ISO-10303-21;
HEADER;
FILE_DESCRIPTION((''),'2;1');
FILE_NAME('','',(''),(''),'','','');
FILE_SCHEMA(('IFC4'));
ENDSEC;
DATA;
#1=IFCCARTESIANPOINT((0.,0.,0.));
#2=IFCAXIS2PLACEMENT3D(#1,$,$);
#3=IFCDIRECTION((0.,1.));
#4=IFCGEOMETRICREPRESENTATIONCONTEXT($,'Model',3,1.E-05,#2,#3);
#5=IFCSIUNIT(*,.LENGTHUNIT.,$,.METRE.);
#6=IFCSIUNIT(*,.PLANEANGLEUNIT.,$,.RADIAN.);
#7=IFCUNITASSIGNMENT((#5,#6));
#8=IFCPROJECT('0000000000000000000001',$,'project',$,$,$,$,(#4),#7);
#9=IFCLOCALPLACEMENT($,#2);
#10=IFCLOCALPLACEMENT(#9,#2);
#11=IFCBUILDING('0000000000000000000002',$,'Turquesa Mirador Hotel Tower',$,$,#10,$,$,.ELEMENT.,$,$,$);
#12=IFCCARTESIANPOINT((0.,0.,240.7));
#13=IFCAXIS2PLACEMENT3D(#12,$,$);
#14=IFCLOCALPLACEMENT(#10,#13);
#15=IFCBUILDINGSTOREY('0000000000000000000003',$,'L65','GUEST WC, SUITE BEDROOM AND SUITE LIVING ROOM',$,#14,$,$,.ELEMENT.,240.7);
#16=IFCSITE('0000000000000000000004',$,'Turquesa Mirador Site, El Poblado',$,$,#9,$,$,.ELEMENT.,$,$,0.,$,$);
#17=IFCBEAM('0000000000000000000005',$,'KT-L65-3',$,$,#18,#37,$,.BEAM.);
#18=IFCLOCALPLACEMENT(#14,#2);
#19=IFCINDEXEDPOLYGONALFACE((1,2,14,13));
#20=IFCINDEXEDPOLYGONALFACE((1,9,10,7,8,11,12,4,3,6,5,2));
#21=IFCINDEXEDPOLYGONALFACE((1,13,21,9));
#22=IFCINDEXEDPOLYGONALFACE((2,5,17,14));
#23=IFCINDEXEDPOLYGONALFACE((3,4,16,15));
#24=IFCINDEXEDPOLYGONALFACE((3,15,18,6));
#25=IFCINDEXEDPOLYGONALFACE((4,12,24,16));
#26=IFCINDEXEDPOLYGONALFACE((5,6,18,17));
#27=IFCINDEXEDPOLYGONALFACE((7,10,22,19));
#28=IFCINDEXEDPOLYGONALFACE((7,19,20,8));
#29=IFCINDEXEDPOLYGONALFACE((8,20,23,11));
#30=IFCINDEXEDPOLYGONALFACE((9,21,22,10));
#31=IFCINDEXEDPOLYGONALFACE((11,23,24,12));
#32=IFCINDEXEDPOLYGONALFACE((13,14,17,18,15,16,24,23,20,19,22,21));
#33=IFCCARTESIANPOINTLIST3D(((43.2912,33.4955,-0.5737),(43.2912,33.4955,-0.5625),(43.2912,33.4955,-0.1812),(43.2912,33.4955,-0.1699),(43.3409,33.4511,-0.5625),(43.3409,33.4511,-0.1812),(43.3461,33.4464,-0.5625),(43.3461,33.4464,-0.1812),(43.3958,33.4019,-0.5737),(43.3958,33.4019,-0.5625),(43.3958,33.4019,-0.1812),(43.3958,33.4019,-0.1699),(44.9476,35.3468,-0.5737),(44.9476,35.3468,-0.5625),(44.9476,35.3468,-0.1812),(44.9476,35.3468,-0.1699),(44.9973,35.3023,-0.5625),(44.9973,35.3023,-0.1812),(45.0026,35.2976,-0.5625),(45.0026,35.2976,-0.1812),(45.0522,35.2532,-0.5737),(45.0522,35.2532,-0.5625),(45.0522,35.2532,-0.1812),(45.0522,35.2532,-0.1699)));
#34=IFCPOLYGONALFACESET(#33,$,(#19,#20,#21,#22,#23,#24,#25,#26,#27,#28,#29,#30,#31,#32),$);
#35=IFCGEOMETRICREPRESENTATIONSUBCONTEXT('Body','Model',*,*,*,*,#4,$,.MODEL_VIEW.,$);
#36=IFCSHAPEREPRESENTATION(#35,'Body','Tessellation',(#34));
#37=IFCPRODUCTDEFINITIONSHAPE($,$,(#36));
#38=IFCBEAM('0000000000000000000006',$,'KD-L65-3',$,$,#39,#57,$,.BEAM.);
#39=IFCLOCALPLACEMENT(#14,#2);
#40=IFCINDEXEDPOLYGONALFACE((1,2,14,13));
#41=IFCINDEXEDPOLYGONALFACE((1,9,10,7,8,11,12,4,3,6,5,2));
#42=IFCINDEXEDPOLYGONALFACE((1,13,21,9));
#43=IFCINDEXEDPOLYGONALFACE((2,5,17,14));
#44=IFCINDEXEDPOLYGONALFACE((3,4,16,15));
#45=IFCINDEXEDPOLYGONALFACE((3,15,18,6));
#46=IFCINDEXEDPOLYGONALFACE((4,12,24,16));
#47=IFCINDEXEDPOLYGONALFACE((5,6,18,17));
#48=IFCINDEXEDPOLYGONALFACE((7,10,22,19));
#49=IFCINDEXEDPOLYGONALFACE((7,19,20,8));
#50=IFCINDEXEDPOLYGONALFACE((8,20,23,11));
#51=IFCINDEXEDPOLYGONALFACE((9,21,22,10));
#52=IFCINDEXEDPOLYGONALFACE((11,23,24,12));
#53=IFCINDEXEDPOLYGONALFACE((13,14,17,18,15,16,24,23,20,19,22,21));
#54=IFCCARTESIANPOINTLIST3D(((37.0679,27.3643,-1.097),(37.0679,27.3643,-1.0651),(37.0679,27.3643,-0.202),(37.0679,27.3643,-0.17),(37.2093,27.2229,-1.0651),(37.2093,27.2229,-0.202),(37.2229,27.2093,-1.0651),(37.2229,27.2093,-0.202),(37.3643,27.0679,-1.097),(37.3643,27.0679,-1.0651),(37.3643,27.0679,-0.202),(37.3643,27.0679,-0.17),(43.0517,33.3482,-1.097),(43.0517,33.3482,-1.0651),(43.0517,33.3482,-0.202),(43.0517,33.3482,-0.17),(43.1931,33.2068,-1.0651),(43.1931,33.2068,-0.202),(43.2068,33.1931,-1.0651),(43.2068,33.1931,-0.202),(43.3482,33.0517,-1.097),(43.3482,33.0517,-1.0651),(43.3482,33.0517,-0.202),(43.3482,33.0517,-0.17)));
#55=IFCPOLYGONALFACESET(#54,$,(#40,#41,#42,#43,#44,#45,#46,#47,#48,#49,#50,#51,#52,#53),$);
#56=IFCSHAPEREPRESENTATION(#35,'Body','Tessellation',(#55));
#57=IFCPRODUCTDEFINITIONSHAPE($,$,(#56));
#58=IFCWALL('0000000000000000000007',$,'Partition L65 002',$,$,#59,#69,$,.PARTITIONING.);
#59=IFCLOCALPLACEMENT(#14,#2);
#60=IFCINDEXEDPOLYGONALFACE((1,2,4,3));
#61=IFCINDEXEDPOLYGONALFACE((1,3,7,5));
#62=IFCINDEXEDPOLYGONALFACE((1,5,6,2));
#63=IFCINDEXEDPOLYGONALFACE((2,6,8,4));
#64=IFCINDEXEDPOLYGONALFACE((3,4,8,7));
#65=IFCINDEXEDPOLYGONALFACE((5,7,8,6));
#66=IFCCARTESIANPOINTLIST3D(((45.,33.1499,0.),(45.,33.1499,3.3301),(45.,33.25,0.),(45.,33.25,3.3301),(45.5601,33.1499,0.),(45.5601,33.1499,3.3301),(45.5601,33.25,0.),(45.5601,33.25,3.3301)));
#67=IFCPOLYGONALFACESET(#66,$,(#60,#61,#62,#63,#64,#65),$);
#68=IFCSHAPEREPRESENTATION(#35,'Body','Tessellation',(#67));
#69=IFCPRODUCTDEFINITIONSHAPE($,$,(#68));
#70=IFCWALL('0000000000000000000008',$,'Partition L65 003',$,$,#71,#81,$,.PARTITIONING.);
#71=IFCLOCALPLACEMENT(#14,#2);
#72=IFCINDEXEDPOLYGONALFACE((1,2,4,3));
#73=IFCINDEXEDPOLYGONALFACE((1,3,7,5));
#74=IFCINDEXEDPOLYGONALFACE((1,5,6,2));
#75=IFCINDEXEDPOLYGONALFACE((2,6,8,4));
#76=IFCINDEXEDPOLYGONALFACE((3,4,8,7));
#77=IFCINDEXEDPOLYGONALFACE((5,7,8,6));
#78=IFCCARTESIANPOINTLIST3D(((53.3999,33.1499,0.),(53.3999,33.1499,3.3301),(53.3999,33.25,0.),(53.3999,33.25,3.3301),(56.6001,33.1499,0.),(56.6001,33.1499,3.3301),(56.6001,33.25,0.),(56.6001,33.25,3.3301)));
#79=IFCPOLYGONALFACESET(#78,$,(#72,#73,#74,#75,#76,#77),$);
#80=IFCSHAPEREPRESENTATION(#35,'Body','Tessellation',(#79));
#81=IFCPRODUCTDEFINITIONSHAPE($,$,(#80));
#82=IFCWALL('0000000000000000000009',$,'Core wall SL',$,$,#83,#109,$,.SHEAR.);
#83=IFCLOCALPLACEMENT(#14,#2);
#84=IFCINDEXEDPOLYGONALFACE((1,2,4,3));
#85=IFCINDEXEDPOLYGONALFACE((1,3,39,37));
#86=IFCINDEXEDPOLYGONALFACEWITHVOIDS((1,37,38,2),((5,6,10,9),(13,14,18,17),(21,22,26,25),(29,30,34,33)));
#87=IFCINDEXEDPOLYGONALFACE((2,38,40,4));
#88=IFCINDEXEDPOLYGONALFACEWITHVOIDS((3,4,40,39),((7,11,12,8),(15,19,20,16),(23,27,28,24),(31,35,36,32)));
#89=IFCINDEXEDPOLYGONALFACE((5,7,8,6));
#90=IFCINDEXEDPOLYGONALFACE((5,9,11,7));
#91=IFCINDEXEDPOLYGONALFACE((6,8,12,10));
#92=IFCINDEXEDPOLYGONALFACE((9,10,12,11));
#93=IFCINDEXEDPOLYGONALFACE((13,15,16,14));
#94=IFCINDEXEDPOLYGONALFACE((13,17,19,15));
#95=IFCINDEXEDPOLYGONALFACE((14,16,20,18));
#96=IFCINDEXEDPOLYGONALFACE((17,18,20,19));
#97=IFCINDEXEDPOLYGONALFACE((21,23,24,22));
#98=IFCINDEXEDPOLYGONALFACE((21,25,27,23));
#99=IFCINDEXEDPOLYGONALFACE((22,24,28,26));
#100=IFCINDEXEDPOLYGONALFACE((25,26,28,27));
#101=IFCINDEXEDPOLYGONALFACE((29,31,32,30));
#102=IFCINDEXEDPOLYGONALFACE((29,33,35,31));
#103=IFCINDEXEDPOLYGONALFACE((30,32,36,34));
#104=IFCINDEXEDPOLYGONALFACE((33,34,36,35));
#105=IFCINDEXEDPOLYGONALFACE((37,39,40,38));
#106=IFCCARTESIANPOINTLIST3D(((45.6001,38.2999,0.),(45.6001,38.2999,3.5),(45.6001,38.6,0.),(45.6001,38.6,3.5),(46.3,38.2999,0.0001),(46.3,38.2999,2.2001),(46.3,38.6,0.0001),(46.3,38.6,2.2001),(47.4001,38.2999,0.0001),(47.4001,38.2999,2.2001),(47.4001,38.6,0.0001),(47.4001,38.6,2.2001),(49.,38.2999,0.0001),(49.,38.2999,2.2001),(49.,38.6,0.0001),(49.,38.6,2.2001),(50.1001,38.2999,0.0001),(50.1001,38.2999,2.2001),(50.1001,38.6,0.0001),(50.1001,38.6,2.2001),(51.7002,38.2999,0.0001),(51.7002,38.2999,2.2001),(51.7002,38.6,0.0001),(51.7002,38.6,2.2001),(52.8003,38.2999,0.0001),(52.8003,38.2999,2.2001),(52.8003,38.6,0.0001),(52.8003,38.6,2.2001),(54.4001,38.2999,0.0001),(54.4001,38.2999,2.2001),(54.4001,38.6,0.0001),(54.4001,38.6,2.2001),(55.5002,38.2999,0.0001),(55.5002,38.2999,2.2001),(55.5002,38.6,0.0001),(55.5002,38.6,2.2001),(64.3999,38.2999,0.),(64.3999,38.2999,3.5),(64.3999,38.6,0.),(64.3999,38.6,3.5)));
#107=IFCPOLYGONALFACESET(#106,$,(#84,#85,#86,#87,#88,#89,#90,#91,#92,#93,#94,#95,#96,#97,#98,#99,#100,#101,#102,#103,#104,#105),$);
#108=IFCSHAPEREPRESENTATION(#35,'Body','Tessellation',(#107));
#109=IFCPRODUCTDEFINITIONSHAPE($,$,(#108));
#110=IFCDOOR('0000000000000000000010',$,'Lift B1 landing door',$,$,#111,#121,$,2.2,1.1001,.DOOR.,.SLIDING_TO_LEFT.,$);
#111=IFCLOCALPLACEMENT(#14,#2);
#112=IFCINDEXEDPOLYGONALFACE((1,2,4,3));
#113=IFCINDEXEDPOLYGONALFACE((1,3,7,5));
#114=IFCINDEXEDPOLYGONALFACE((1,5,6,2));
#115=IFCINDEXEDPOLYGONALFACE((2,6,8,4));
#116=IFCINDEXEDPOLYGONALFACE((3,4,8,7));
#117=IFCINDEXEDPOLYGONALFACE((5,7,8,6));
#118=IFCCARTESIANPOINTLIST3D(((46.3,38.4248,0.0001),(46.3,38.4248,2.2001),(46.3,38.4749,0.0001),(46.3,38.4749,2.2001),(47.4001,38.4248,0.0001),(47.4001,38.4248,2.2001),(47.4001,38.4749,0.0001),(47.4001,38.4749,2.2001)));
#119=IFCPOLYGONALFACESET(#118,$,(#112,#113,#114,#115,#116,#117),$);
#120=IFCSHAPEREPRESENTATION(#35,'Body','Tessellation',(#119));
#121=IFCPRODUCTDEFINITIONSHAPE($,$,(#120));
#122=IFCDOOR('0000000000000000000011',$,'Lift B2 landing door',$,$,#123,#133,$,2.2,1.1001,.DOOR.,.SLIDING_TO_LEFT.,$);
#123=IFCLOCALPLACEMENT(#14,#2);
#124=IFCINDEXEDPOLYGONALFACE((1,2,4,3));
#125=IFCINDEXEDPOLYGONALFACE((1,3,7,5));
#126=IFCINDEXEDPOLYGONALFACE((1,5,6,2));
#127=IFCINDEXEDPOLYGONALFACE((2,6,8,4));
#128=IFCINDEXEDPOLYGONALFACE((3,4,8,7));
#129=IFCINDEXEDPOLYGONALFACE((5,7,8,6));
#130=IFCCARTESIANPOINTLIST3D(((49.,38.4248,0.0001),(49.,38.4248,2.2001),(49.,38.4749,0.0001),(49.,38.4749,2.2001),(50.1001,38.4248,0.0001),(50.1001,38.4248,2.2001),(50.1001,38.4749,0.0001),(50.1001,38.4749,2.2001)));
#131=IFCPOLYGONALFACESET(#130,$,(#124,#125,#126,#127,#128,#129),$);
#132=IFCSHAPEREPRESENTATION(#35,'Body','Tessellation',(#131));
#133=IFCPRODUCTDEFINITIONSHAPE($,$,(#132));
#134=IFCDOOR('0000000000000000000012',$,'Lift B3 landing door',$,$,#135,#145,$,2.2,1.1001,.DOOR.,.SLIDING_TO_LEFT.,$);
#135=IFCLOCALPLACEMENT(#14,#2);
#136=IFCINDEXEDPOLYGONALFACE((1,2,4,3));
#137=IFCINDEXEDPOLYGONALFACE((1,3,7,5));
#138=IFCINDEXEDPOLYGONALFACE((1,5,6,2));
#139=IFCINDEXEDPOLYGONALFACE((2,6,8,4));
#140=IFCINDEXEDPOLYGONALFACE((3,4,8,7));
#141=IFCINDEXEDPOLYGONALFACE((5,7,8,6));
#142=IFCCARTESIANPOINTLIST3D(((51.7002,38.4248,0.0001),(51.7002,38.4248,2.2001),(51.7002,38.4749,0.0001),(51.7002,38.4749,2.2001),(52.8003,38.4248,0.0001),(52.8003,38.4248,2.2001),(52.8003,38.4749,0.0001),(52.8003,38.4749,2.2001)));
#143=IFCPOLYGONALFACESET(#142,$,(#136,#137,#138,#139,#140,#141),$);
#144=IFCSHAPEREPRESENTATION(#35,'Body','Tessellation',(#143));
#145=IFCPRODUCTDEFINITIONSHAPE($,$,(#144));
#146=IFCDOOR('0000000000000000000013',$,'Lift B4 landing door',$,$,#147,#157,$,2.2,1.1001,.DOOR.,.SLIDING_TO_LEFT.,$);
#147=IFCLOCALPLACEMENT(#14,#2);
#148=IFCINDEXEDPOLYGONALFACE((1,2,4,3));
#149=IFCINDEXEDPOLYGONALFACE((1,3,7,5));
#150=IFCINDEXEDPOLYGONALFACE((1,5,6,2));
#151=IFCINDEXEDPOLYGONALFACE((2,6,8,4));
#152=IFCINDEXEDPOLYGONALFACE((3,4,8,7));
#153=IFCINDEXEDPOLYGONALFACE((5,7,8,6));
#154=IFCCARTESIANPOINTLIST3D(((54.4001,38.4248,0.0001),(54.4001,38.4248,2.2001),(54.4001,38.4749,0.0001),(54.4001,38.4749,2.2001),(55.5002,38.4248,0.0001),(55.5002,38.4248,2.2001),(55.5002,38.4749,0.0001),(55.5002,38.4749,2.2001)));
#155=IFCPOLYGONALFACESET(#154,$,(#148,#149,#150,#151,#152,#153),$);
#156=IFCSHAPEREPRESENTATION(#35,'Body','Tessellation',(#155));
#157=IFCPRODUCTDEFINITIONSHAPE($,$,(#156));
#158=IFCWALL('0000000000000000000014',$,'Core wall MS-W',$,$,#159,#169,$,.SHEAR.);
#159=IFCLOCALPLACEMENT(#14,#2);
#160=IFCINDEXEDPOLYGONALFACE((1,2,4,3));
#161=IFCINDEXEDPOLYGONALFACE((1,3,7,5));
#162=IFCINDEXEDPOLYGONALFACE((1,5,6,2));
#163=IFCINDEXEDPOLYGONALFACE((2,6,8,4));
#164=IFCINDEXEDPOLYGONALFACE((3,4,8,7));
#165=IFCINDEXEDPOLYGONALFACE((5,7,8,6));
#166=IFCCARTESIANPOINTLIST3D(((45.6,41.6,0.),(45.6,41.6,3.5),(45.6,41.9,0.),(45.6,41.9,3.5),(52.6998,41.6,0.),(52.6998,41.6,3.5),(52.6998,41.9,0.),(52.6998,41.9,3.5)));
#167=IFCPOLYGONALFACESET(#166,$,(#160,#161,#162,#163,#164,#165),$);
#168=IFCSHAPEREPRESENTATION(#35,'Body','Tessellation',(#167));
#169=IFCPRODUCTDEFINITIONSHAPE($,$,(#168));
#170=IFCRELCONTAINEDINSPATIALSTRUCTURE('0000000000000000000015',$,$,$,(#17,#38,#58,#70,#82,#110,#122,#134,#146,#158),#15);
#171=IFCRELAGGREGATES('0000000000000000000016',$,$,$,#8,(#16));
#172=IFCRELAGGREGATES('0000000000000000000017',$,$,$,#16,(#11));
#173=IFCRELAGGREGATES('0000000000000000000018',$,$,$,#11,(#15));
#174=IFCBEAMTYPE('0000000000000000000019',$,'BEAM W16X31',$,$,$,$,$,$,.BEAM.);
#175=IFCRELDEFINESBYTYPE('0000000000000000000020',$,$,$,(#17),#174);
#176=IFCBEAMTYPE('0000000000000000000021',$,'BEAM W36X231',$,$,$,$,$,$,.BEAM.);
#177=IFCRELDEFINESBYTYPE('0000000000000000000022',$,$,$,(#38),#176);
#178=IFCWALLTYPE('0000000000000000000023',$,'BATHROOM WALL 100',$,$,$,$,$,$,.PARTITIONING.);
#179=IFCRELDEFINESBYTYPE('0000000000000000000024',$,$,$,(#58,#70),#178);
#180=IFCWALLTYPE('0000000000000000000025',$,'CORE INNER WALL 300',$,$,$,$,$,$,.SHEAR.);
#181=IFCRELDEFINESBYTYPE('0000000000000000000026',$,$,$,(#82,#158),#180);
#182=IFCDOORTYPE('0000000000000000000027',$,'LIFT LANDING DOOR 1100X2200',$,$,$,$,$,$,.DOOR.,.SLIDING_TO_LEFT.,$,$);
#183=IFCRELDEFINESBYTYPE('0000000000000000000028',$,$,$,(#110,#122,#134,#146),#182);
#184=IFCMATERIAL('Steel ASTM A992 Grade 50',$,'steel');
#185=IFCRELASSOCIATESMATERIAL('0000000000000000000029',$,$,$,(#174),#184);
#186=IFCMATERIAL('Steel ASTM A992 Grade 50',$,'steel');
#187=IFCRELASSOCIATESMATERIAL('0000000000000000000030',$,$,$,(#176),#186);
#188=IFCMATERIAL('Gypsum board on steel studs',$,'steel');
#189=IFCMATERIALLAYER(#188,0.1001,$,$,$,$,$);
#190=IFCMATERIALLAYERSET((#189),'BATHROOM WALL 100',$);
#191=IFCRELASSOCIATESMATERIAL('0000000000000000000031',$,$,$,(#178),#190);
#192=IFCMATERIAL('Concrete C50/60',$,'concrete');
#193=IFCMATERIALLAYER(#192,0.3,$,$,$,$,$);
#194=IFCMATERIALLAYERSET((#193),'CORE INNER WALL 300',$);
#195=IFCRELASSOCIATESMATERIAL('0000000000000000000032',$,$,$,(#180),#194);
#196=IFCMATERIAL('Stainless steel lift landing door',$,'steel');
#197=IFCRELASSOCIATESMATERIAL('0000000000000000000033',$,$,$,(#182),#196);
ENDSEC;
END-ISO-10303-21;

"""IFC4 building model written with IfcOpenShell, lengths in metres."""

from ifc_helpers import new_model, si_unit, direction, frame, frame_2d, origin, origin_2d, place, context, subcontext, project, spatial, rectangle, i_section, extrude, material, layer, layer_set, material_profile, profile_set, type_object, element, fill, save


model = new_model("IFC4")

# Units and contexts
model_context = context("Model", 3, precision=1e-05, world=origin(), true_north=direction((0.0, 1.0)))
body_context = subcontext(model_context, "Body", "Model", "MODEL_VIEW")
ifc_project = project(units=[si_unit("LENGTHUNIT", "METRE"), si_unit("PLANEANGLEUNIT", "RADIAN")], contexts=[model_context])

# Site, building, storey
site_placement = place(None, origin())
site = spatial("IfcSite", under=ifc_project, at=site_placement, Name="Turquesa Mirador Site, El Poblado", CompositionType="ELEMENT", RefElevation=0.0)
building_placement = place(site_placement, origin())
building = spatial("IfcBuilding", under=site, at=building_placement, Name="Turquesa Mirador Hotel Tower", CompositionType="ELEMENT")
storey_placement = place(building_placement, frame((0.0, 0.0, 240.7)))
storey = spatial("IfcBuildingStorey", under=building, at=storey_placement, Name="L65", Description="GUEST WC, SUITE BEDROOM AND SUITE LIVING ROOM", CompositionType="ELEMENT", Elevation=240.7)

# Beams
ifc_material_1 = material(Name="Steel ASTM A992 Grade 50", Category="steel")
ifc_material_profile_1 = material_profile(ifc_material_1, i_section(OverallWidth=0.1404, OverallDepth=0.4038, WebThickness=0.0071, FlangeThickness=0.0112, at=origin_2d()), Name="W16X31")
ifc_profile_set_1 = profile_set([ifc_material_profile_1], Name="Steel ASTM A992 Grade 50")
beam_type_1 = type_object("IfcBeamType", Name="BEAM W16X31", PredefinedType="BEAM", material=ifc_profile_set_1)
beam_1_placement = place(storey_placement, frame((43.3435, 33.4487, -0.3718), z_axis=(0.666806, 0.745231, 0.0), x_axis=(-0.745231, 0.666806, 0.0)))
element("IfcBeam", 1, at=beam_1_placement, inside=storey, type_object=beam_type_1, Name="KT-L65-3", PredefinedType="BEAM", context=body_context, shape_type="SweptSolid", body=[
    extrude(i_section(OverallWidth=0.1404, OverallDepth=0.4038, WebThickness=0.0071, FlangeThickness=0.0112, at=origin_2d()), origin(), (0.0, 0.0, 1.0), 2.4841),
])
ifc_material_2 = material(Name="Steel ASTM A992 Grade 50", Category="steel")
ifc_material_profile_2 = material_profile(ifc_material_2, i_section(OverallWidth=0.4192, OverallDepth=0.927, WebThickness=0.0193, FlangeThickness=0.032, at=origin_2d()), Name="W36X231")
ifc_profile_set_2 = profile_set([ifc_material_profile_2], Name="Steel ASTM A992 Grade 50")
beam_type_2 = type_object("IfcBeamType", Name="BEAM W36X231", PredefinedType="BEAM", material=ifc_profile_set_2)
beam_2_placement = place(storey_placement, frame((43.2, 33.2, -0.6335), z_axis=(-0.707107, -0.707107, 0.0), x_axis=(0.707107, -0.707107, 0.0)))
element("IfcBeam", 2, at=beam_2_placement, inside=storey, type_object=beam_type_2, Name="KD-L65-3", PredefinedType="BEAM", context=body_context, shape_type="SweptSolid", body=[
    extrude(i_section(OverallWidth=0.4192, OverallDepth=0.927, WebThickness=0.0193, FlangeThickness=0.032, at=origin_2d()), origin(), (0.0, 0.0, 1.0), 8.4624),
])

# Walls
ifc_material_3 = material(Name="Gypsum board on steel studs", Category="steel")
ifc_layer_1 = layer(ifc_material_3, 0.1001)
ifc_layer_set_1 = layer_set([ifc_layer_1], Name="BATHROOM WALL 100")
wall_type_1 = type_object("IfcWallType", Name="BATHROOM WALL 100", PredefinedType="PARTITIONING", material=ifc_layer_set_1)
wall_1_placement = place(storey_placement, frame((45.0, 33.2, 0.0), z_axis=(0.0, 0.0, 1.0), x_axis=(1.0, 0.0, 0.0)))
element("IfcWall", 3, at=wall_1_placement, inside=storey, type_object=wall_type_1, Name="Partition L65 002", PredefinedType="PARTITIONING", context=body_context, shape_type="SweptSolid", body=[
    extrude(rectangle(XDim=0.5601, YDim=0.1001, at=frame_2d((0.28, 0.0))), origin(), (0.0, 0.0, 1.0), 3.3301),
])
wall_2_placement = place(storey_placement, frame((53.3999, 33.2, 0.0), z_axis=(0.0, 0.0, 1.0), x_axis=(1.0, 0.0, 0.0)))
element("IfcWall", 4, at=wall_2_placement, inside=storey, type_object=wall_type_1, Name="Partition L65 003", PredefinedType="PARTITIONING", context=body_context, shape_type="SweptSolid", body=[
    extrude(rectangle(XDim=3.2002, YDim=0.1001, at=frame_2d((1.6001, 0.0))), origin(), (0.0, 0.0, 1.0), 3.3301),
])

# Wall, openings, doors
ifc_material_4 = material(Name="Concrete C50/60", Category="concrete")
ifc_layer_2 = layer(ifc_material_4, 0.3)
ifc_layer_set_2 = layer_set([ifc_layer_2], Name="CORE INNER WALL 300")
wall_type_2 = type_object("IfcWallType", Name="CORE INNER WALL 300", PredefinedType="SHEAR", material=ifc_layer_set_2)
wall_3_placement = place(storey_placement, frame((45.6001, 38.45, 0.0), z_axis=(0.0, 0.0, 1.0), x_axis=(1.0, 0.0, 0.0)))
wall_3 = element("IfcWall", 5, at=wall_3_placement, inside=storey, type_object=wall_type_2, Name="Core wall SL", PredefinedType="SHEAR", context=body_context, shape_type="SweptSolid", body=[
    extrude(rectangle(XDim=18.7998, YDim=0.3, at=frame_2d((9.3999, 0.0))), origin(), (0.0, 0.0, 1.0), 3.5),
])
opening_1_placement = place(wall_3_placement, frame((0.7, 0.0, 0.0)))
opening_1 = element("IfcOpeningElement", 6, at=opening_1_placement, cuts=wall_3, PredefinedType="OPENING", context=body_context, shape_type="SweptSolid", body=[
    extrude(rectangle(XDim=1.1001, YDim=2.2, at=frame_2d((0.55, 1.1001))), frame((0.0, 0.1599, 0.0), z_axis=(0.0, -1.0, 0.0), x_axis=(1.0, 0.0, 0.0)), (0.0, 0.0, 1.0), 0.3201),
])
opening_2_placement = place(wall_3_placement, frame((3.3999, 0.0, 0.0)))
opening_2 = element("IfcOpeningElement", 7, at=opening_2_placement, cuts=wall_3, PredefinedType="OPENING", context=body_context, shape_type="SweptSolid", body=[
    extrude(rectangle(XDim=1.1001, YDim=2.2, at=frame_2d((0.55, 1.1001))), frame((0.0, 0.1599, 0.0), z_axis=(0.0, -1.0, 0.0), x_axis=(1.0, 0.0, 0.0)), (0.0, 0.0, 1.0), 0.3201),
])
opening_3_placement = place(wall_3_placement, frame((6.1001, 0.0, 0.0)))
opening_3 = element("IfcOpeningElement", 8, at=opening_3_placement, cuts=wall_3, PredefinedType="OPENING", context=body_context, shape_type="SweptSolid", body=[
    extrude(rectangle(XDim=1.1001, YDim=2.2, at=frame_2d((0.55, 1.1001))), frame((0.0, 0.1599, 0.0), z_axis=(0.0, -1.0, 0.0), x_axis=(1.0, 0.0, 0.0)), (0.0, 0.0, 1.0), 0.3201),
])
opening_4_placement = place(wall_3_placement, frame((8.8, 0.0, 0.0)))
opening_4 = element("IfcOpeningElement", 9, at=opening_4_placement, cuts=wall_3, PredefinedType="OPENING", context=body_context, shape_type="SweptSolid", body=[
    extrude(rectangle(XDim=1.1001, YDim=2.2, at=frame_2d((0.55, 1.1001))), frame((0.0, 0.1599, 0.0), z_axis=(0.0, -1.0, 0.0), x_axis=(1.0, 0.0, 0.0)), (0.0, 0.0, 1.0), 0.3201),
])
ifc_material_5 = material(Name="Stainless steel lift landing door", Category="steel")
door_type_1 = type_object("IfcDoorType", Name="LIFT LANDING DOOR 1100X2200", OperationType="SLIDING_TO_LEFT", PredefinedType="DOOR", material=ifc_material_5)
door_1_placement = place(opening_1_placement, origin())
door_1 = element("IfcDoor", 10, at=door_1_placement, inside=storey, type_object=door_type_1, Name="Lift B1 landing door", OperationType="SLIDING_TO_LEFT", OverallHeight=2.2, OverallWidth=1.1001, PredefinedType="DOOR", context=body_context, shape_type="SweptSolid", body=[
    extrude(rectangle(XDim=1.1001, YDim=2.2, at=frame_2d((0.55, 1.1001))), frame((0.0, 0.0249, 0.0), z_axis=(0.0, -1.0, 0.0), x_axis=(1.0, 0.0, 0.0)), (0.0, 0.0, 1.0), 0.05),
])
fill(opening_1, door_1)
door_2_placement = place(opening_2_placement, origin())
door_2 = element("IfcDoor", 11, at=door_2_placement, inside=storey, type_object=door_type_1, Name="Lift B2 landing door", OperationType="SLIDING_TO_LEFT", OverallHeight=2.2, OverallWidth=1.1001, PredefinedType="DOOR", context=body_context, shape_type="SweptSolid", body=[
    extrude(rectangle(XDim=1.1001, YDim=2.2, at=frame_2d((0.55, 1.1001))), frame((0.0, 0.0249, 0.0), z_axis=(0.0, -1.0, 0.0), x_axis=(1.0, 0.0, 0.0)), (0.0, 0.0, 1.0), 0.05),
])
fill(opening_2, door_2)
door_3_placement = place(opening_3_placement, origin())
door_3 = element("IfcDoor", 12, at=door_3_placement, inside=storey, type_object=door_type_1, Name="Lift B3 landing door", OperationType="SLIDING_TO_LEFT", OverallHeight=2.2, OverallWidth=1.1001, PredefinedType="DOOR", context=body_context, shape_type="SweptSolid", body=[
    extrude(rectangle(XDim=1.1001, YDim=2.2, at=frame_2d((0.55, 1.1001))), frame((0.0, 0.0249, 0.0), z_axis=(0.0, -1.0, 0.0), x_axis=(1.0, 0.0, 0.0)), (0.0, 0.0, 1.0), 0.05),
])
fill(opening_3, door_3)
door_4_placement = place(opening_4_placement, origin())
door_4 = element("IfcDoor", 13, at=door_4_placement, inside=storey, type_object=door_type_1, Name="Lift B4 landing door", OperationType="SLIDING_TO_LEFT", OverallHeight=2.2, OverallWidth=1.1001, PredefinedType="DOOR", context=body_context, shape_type="SweptSolid", body=[
    extrude(rectangle(XDim=1.1001, YDim=2.2, at=frame_2d((0.55, 1.1001))), frame((0.0, 0.0249, 0.0), z_axis=(0.0, -1.0, 0.0), x_axis=(1.0, 0.0, 0.0)), (0.0, 0.0, 1.0), 0.05),
])
fill(opening_4, door_4)

# Wall
wall_4_placement = place(storey_placement, frame((45.6001, 41.75, 0.0), z_axis=(0.0, 0.0, 1.0), x_axis=(1.0, 0.0, 0.0)))
element("IfcWall", 14, at=wall_4_placement, inside=storey, type_object=wall_type_2, Name="Core wall MS-W", PredefinedType="SHEAR", context=body_context, shape_type="SweptSolid", body=[
    extrude(rectangle(XDim=7.0999, YDim=0.3, at=frame_2d((3.5498, 0.0))), origin(), (0.0, 0.0, 1.0), 3.5),
])

save(model, "model.ifc")
